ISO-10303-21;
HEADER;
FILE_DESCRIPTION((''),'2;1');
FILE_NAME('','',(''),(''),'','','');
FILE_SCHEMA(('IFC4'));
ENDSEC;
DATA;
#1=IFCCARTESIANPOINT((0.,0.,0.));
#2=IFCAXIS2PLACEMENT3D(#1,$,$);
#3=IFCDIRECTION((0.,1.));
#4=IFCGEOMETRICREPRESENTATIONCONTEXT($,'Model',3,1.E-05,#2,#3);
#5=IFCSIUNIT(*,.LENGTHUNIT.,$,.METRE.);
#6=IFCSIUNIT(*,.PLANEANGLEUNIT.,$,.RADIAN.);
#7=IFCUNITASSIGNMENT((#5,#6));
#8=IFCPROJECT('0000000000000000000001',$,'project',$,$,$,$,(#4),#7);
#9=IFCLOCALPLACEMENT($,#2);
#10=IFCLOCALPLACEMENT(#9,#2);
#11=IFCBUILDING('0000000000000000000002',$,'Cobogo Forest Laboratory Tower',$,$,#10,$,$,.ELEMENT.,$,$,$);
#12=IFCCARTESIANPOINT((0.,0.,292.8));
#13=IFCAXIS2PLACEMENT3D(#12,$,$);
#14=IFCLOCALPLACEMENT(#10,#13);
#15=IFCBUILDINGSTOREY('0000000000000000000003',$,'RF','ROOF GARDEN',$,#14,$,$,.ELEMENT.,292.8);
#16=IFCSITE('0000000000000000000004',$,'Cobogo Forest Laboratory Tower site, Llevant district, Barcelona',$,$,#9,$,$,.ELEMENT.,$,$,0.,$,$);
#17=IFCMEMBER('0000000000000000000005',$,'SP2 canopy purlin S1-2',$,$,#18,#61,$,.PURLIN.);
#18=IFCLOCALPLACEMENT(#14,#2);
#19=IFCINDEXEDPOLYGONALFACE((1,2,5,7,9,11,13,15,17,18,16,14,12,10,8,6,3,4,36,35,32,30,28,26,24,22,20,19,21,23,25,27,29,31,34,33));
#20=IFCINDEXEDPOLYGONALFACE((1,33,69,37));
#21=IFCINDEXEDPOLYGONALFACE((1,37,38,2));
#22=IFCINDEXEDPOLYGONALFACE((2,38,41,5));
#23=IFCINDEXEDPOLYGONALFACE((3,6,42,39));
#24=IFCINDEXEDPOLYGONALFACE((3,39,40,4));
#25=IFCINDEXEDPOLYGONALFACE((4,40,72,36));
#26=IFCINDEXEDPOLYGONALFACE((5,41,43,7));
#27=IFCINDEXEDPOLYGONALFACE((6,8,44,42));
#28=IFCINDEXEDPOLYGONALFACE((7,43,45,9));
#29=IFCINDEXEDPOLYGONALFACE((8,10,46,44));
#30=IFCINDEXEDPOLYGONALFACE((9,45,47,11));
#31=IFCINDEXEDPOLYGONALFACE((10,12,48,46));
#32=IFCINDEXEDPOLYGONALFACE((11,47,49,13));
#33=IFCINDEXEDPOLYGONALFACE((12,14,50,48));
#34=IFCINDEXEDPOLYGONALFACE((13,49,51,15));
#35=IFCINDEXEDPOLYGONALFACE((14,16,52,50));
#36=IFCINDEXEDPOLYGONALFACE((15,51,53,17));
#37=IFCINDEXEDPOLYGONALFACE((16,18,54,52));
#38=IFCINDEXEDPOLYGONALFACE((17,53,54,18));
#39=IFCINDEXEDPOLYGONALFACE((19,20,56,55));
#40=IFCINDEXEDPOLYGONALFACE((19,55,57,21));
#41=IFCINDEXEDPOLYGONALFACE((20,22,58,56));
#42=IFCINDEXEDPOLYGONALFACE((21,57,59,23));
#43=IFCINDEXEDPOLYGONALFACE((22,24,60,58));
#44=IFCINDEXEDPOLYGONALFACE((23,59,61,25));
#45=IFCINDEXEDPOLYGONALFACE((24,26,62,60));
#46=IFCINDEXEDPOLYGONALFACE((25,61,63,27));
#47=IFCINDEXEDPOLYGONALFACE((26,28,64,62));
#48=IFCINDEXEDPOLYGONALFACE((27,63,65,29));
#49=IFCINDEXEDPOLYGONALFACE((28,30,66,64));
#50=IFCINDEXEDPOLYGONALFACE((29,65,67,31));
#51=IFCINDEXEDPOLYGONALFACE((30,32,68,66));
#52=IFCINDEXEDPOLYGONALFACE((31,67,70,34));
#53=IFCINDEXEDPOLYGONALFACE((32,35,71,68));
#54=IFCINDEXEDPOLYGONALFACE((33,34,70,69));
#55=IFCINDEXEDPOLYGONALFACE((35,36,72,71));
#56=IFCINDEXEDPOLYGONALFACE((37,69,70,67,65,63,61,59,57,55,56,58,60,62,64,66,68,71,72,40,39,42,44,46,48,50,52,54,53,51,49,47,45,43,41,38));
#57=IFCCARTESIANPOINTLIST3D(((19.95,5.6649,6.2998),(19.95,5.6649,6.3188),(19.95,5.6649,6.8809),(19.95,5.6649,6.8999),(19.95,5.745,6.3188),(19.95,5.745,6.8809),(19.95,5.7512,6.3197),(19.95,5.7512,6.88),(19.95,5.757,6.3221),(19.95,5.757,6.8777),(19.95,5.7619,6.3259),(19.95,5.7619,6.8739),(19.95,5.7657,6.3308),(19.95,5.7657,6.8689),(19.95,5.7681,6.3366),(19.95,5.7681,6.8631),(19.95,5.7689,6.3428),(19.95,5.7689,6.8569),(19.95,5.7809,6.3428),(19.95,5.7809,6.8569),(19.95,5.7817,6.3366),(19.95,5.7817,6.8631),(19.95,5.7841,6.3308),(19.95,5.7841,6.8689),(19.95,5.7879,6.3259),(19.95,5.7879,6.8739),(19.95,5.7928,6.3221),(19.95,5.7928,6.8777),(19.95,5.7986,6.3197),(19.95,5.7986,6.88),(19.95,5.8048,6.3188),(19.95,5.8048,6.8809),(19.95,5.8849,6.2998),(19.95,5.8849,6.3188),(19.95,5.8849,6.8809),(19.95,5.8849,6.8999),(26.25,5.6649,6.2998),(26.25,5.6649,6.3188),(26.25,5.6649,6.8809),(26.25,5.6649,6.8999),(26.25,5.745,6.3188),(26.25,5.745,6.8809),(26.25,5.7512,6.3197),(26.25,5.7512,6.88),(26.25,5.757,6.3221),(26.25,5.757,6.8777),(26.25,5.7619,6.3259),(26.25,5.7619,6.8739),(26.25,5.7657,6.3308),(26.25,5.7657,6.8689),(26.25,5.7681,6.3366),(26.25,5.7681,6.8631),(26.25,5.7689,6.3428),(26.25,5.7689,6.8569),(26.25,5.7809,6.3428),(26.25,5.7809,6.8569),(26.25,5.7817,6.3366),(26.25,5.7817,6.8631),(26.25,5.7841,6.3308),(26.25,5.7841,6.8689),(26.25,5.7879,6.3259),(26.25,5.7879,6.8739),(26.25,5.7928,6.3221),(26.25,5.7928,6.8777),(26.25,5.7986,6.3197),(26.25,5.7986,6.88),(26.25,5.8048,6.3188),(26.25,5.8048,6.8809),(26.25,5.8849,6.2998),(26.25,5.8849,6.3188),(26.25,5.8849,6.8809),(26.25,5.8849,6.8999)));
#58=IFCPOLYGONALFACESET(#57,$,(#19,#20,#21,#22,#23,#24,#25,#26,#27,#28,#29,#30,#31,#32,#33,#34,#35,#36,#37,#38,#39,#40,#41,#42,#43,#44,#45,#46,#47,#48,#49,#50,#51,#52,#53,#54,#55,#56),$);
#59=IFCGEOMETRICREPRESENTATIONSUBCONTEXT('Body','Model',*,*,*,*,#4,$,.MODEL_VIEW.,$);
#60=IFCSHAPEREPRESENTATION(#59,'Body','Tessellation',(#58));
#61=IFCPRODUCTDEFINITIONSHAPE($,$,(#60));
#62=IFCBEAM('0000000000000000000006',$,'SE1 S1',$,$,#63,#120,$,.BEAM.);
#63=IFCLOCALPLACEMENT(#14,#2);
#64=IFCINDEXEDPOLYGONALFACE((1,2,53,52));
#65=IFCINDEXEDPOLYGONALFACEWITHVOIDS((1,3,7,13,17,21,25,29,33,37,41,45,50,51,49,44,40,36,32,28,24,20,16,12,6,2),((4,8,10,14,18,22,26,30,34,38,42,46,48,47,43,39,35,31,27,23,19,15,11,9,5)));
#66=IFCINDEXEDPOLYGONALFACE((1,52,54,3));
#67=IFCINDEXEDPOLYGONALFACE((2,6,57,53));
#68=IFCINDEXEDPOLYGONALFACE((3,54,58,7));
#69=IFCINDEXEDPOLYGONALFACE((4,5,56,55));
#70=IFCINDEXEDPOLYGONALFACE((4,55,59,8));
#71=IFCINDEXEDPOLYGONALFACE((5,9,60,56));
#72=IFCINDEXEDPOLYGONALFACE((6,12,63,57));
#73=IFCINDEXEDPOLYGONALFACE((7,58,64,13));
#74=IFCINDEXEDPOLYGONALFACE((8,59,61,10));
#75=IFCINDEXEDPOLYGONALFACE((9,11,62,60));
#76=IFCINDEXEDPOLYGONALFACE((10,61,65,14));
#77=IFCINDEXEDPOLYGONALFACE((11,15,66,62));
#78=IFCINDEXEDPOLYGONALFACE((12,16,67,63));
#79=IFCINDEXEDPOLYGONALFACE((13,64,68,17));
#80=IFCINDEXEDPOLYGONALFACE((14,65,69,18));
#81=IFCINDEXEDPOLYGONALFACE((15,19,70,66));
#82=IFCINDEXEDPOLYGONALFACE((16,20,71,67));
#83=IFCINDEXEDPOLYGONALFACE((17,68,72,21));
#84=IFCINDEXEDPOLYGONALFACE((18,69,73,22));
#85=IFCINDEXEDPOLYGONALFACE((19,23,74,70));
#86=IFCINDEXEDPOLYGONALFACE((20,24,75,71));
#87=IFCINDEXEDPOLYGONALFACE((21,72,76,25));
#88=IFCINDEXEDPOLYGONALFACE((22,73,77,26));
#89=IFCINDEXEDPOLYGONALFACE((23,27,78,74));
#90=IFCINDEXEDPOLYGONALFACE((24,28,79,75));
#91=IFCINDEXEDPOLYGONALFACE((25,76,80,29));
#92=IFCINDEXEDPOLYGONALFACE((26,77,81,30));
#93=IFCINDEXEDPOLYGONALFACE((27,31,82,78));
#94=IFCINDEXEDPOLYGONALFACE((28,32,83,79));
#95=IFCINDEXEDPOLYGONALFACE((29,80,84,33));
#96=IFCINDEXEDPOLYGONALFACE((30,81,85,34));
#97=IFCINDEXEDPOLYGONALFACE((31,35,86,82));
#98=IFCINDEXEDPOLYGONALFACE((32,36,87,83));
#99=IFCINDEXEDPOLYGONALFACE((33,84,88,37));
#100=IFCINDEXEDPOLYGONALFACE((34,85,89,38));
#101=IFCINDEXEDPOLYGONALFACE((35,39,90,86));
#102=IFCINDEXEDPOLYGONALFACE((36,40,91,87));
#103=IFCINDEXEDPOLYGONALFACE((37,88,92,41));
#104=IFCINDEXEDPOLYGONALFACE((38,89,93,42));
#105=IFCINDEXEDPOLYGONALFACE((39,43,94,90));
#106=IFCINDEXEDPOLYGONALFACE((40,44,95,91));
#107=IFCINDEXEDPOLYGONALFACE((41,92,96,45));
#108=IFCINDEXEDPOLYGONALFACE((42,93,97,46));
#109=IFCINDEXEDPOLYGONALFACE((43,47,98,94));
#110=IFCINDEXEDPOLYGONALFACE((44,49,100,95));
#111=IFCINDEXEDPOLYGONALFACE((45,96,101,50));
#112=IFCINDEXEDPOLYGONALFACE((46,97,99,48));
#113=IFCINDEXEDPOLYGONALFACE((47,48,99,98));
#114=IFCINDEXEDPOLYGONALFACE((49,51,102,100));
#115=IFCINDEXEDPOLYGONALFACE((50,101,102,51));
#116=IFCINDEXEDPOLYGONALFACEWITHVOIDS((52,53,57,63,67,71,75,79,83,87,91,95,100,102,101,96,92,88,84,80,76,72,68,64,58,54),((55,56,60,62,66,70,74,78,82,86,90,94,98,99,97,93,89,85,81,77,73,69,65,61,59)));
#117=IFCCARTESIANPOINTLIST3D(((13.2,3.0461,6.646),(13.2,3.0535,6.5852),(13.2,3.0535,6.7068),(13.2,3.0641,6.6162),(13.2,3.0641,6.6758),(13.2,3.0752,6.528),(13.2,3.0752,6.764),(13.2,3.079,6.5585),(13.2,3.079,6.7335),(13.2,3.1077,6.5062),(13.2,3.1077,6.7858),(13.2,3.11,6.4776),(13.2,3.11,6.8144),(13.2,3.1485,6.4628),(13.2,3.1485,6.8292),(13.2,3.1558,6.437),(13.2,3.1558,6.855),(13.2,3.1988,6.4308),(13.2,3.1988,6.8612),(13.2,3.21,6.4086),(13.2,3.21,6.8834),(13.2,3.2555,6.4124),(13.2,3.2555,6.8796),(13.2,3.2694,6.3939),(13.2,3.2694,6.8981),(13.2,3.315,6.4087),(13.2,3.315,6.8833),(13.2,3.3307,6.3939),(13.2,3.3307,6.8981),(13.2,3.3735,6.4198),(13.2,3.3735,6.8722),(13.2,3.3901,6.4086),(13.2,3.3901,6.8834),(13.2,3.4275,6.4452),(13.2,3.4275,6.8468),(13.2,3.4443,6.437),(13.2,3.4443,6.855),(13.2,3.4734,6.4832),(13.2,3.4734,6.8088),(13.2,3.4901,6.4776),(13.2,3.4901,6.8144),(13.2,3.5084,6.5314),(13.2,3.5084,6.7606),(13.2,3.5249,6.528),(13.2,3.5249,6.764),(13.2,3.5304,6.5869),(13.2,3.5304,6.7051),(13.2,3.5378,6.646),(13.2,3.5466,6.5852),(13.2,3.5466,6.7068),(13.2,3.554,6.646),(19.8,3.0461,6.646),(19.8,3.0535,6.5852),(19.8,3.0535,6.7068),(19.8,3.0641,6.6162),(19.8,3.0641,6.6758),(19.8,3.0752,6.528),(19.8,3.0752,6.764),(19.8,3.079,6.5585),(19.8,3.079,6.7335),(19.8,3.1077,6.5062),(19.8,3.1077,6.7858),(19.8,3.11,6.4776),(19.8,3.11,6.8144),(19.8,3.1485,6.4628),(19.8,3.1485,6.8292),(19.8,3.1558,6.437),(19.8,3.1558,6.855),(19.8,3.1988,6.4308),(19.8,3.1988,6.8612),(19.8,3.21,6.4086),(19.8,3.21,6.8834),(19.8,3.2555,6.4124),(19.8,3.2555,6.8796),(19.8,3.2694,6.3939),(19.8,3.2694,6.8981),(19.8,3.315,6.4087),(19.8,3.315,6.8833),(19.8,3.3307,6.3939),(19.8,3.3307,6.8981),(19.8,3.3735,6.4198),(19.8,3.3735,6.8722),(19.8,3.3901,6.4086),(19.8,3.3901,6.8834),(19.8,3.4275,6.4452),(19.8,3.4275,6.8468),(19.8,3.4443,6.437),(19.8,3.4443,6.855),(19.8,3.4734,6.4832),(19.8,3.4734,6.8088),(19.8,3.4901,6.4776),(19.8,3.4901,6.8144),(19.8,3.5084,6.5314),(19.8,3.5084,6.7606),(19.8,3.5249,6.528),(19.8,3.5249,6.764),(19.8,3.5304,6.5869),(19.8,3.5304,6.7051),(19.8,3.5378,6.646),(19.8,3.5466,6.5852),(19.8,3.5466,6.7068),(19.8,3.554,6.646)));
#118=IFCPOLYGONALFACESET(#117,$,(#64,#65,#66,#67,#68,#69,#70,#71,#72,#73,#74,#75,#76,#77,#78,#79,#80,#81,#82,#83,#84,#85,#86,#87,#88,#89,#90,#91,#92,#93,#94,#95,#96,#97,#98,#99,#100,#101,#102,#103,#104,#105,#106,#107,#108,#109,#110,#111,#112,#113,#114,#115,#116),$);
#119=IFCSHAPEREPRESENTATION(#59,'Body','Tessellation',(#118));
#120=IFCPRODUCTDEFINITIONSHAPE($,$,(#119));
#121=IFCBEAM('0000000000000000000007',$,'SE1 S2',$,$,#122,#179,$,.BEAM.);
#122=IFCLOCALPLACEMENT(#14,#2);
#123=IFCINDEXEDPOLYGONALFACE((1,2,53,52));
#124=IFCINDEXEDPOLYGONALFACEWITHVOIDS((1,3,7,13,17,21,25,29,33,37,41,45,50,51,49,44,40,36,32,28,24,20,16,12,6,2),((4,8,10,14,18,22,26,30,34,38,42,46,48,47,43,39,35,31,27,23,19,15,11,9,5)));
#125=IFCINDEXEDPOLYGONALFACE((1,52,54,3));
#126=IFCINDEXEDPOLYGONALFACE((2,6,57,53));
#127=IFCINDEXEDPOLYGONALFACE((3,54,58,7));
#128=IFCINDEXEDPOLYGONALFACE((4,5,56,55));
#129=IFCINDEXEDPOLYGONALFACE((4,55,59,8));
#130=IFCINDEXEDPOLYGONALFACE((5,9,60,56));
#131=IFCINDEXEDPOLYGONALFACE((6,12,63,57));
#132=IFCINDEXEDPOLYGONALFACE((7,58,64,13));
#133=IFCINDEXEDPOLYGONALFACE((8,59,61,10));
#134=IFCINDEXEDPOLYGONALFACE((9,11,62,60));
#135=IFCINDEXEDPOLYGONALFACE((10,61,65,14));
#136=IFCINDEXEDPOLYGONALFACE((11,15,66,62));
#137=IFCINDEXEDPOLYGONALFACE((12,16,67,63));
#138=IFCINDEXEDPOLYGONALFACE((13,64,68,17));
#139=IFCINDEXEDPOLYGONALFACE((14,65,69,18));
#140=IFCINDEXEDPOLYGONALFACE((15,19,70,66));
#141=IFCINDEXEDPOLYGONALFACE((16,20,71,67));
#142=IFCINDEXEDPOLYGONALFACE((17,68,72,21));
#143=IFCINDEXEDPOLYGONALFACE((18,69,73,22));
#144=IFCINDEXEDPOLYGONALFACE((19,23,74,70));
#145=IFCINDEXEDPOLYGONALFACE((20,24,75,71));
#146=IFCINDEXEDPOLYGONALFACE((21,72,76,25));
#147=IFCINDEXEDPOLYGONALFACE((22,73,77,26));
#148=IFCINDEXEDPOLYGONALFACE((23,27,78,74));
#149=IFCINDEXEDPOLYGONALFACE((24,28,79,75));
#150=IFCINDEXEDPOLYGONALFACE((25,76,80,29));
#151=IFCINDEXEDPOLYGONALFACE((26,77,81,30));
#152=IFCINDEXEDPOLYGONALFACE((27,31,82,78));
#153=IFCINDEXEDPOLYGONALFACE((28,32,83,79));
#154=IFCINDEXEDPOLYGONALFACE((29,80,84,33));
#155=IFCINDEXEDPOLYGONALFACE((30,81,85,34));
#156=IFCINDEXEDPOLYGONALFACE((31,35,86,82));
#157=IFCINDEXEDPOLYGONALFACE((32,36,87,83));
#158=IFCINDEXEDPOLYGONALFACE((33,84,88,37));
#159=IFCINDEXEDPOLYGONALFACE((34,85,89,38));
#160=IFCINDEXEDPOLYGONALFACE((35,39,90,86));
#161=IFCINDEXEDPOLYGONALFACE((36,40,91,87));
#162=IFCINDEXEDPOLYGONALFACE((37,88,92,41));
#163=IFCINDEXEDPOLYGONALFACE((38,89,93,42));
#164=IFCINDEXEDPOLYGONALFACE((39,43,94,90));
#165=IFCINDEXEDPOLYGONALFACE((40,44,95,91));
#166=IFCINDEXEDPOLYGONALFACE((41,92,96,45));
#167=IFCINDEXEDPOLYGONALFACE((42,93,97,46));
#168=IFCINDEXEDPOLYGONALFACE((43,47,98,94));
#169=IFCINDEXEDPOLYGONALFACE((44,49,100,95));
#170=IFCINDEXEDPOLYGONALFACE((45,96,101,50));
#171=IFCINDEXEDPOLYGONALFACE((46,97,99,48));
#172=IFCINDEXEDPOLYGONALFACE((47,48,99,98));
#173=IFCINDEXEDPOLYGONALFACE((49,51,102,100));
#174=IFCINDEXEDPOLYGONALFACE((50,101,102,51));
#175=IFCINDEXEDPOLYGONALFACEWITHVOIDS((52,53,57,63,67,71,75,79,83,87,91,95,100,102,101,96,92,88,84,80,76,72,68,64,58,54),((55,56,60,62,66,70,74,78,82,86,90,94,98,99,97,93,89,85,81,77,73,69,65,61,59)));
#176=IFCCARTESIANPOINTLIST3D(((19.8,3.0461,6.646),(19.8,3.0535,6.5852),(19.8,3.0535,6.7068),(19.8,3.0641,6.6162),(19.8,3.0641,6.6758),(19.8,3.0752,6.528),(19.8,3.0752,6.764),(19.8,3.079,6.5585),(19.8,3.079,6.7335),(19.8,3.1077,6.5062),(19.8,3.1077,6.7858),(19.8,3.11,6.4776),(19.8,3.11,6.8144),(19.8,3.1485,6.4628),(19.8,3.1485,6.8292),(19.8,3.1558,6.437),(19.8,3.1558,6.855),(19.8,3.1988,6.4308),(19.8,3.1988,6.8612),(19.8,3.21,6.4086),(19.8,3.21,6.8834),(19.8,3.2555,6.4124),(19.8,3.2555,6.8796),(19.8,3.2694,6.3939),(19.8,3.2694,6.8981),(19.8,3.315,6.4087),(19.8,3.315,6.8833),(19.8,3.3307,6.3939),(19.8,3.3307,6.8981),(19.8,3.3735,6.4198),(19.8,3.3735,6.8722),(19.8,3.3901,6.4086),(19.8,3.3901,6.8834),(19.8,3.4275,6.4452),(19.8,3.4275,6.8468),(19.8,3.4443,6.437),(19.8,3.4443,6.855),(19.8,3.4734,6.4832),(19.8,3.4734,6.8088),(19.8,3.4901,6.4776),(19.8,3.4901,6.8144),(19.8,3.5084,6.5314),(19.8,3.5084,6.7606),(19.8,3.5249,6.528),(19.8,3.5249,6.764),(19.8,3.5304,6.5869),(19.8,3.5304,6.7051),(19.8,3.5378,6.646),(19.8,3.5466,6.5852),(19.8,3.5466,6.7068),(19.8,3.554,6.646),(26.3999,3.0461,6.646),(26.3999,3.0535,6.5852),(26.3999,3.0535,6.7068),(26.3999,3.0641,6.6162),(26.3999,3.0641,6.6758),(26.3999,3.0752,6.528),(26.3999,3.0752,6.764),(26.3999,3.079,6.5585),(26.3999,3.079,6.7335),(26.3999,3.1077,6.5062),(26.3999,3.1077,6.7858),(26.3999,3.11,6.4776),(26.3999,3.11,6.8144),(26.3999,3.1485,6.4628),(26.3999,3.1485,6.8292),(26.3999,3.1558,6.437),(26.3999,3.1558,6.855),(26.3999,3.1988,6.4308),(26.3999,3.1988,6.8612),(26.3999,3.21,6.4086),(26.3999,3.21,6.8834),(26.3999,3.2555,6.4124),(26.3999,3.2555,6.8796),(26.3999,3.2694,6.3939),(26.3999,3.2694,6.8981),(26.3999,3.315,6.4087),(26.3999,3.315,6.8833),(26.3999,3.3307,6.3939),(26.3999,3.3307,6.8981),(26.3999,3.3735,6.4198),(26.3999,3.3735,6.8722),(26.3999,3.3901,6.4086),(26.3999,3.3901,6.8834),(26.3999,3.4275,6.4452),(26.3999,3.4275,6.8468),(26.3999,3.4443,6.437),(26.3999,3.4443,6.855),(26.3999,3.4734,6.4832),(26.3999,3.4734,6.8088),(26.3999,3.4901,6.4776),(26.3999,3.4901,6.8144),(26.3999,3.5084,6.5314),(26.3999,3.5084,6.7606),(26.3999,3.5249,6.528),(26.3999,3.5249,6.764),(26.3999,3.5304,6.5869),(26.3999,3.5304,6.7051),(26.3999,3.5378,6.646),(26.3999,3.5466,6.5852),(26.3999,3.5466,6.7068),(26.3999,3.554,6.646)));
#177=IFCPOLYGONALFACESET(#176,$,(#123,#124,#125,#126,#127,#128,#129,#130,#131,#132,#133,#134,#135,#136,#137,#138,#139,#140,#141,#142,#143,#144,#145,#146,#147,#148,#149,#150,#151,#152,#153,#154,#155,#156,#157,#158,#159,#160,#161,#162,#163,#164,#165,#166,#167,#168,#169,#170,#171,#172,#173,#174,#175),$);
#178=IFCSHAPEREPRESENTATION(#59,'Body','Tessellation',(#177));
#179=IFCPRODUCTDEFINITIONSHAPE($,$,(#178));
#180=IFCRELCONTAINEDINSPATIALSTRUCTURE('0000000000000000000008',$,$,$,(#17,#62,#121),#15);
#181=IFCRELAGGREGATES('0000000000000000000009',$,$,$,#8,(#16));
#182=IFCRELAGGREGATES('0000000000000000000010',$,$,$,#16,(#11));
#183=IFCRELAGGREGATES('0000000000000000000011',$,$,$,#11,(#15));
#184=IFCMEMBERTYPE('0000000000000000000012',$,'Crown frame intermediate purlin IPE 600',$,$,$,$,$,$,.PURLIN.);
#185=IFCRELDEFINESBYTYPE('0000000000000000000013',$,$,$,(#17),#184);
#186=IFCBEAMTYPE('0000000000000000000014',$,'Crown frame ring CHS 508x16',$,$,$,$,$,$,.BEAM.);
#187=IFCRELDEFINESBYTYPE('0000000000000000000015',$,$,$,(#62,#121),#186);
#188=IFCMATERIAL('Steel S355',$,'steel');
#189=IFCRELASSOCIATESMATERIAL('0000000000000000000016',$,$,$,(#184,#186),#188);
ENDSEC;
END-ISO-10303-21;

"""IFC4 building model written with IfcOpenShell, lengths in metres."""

from ifc_helpers import new_model, si_unit, direction, frame, origin, origin_2d, place, context, subcontext, project, spatial, hollow_circle, i_section, extrude, material, material_profile, profile_set, type_object, element, save


model = new_model("IFC4")

# Units and contexts
model_context = context("Model", 3, precision=1e-05, world=origin(), true_north=direction((0.0, 1.0)))
body_context = subcontext(model_context, "Body", "Model", "MODEL_VIEW")
ifc_project = project(units=[si_unit("LENGTHUNIT", "METRE"), si_unit("PLANEANGLEUNIT", "RADIAN")], contexts=[model_context])

# Site, building, storey
site_placement = place(None, origin())
site = spatial("IfcSite", under=ifc_project, at=site_placement, Name="Cobogo Forest Laboratory Tower site, Llevant district, Barcelona", CompositionType="ELEMENT", RefElevation=0.0)
building_placement = place(site_placement, origin())
building = spatial("IfcBuilding", under=site, at=building_placement, Name="Cobogo Forest Laboratory Tower", CompositionType="ELEMENT")
storey_placement = place(building_placement, frame((0.0, 0.0, 292.8)))
storey = spatial("IfcBuildingStorey", under=building, at=storey_placement, Name="RF", Description="ROOF GARDEN", CompositionType="ELEMENT", Elevation=292.8)

# Shared definitions
ifc_material_1 = material(Name="Steel S355", Category="steel")

# Member
ifc_material_profile_1 = material_profile(ifc_material_1, i_section(OverallWidth=0.22, OverallDepth=0.6001, WebThickness=0.012, FlangeThickness=0.019, FilletRadius=0.0239, at=origin_2d()), Name="IPE 600")
ifc_profile_set_1 = profile_set([ifc_material_profile_1], Name="Steel S355")
member_type_1 = type_object("IfcMemberType", Name="Crown frame intermediate purlin IPE 600", PredefinedType="PURLIN", material=ifc_profile_set_1)
member_1_placement = place(storey_placement, frame((19.95, 5.7749, 6.5999), z_axis=(1.0, 0.0, 0.0), x_axis=(0.0, 1.0, 0.0)))
element("IfcMember", 1, at=member_1_placement, inside=storey, type_object=member_type_1, Name="SP2 canopy purlin S1-2", PredefinedType="PURLIN", context=body_context, shape_type="SweptSolid", body=[
    extrude(i_section(OverallWidth=0.22, OverallDepth=0.6001, WebThickness=0.012, FlangeThickness=0.019, FilletRadius=0.0239, at=origin_2d()), origin(), (0.0, 0.0, 1.0), 6.3),
])

# Beams
ifc_material_profile_2 = material_profile(ifc_material_1, hollow_circle(Radius=0.2539, WallThickness=0.0161, at=origin_2d()), Name="CHS 508x16")
ifc_profile_set_2 = profile_set([ifc_material_profile_2], Name="Steel S355")
beam_type_1 = type_object("IfcBeamType", Name="Crown frame ring CHS 508x16", PredefinedType="BEAM", material=ifc_profile_set_2)
beam_1_placement = place(storey_placement, frame((13.2, 3.3, 6.646), z_axis=(1.0, 0.0, 0.0), x_axis=(0.0, 1.0, 0.0)))
element("IfcBeam", 2, at=beam_1_placement, inside=storey, type_object=beam_type_1, Name="SE1 S1", PredefinedType="BEAM", context=body_context, shape_type="SweptSolid", body=[
    extrude(hollow_circle(Radius=0.2539, WallThickness=0.0161, at=origin_2d()), origin(), (0.0, 0.0, 1.0), 6.6001),
])
beam_2_placement = place(storey_placement, frame((19.8, 3.3, 6.646), z_axis=(1.0, 0.0, 0.0), x_axis=(0.0, 1.0, 0.0)))
element("IfcBeam", 3, at=beam_2_placement, inside=storey, type_object=beam_type_1, Name="SE1 S2", PredefinedType="BEAM", context=body_context, shape_type="SweptSolid", body=[
    extrude(hollow_circle(Radius=0.2539, WallThickness=0.0161, at=origin_2d()), origin(), (0.0, 0.0, 1.0), 6.5999),
])

save(model, "model.ifc")
